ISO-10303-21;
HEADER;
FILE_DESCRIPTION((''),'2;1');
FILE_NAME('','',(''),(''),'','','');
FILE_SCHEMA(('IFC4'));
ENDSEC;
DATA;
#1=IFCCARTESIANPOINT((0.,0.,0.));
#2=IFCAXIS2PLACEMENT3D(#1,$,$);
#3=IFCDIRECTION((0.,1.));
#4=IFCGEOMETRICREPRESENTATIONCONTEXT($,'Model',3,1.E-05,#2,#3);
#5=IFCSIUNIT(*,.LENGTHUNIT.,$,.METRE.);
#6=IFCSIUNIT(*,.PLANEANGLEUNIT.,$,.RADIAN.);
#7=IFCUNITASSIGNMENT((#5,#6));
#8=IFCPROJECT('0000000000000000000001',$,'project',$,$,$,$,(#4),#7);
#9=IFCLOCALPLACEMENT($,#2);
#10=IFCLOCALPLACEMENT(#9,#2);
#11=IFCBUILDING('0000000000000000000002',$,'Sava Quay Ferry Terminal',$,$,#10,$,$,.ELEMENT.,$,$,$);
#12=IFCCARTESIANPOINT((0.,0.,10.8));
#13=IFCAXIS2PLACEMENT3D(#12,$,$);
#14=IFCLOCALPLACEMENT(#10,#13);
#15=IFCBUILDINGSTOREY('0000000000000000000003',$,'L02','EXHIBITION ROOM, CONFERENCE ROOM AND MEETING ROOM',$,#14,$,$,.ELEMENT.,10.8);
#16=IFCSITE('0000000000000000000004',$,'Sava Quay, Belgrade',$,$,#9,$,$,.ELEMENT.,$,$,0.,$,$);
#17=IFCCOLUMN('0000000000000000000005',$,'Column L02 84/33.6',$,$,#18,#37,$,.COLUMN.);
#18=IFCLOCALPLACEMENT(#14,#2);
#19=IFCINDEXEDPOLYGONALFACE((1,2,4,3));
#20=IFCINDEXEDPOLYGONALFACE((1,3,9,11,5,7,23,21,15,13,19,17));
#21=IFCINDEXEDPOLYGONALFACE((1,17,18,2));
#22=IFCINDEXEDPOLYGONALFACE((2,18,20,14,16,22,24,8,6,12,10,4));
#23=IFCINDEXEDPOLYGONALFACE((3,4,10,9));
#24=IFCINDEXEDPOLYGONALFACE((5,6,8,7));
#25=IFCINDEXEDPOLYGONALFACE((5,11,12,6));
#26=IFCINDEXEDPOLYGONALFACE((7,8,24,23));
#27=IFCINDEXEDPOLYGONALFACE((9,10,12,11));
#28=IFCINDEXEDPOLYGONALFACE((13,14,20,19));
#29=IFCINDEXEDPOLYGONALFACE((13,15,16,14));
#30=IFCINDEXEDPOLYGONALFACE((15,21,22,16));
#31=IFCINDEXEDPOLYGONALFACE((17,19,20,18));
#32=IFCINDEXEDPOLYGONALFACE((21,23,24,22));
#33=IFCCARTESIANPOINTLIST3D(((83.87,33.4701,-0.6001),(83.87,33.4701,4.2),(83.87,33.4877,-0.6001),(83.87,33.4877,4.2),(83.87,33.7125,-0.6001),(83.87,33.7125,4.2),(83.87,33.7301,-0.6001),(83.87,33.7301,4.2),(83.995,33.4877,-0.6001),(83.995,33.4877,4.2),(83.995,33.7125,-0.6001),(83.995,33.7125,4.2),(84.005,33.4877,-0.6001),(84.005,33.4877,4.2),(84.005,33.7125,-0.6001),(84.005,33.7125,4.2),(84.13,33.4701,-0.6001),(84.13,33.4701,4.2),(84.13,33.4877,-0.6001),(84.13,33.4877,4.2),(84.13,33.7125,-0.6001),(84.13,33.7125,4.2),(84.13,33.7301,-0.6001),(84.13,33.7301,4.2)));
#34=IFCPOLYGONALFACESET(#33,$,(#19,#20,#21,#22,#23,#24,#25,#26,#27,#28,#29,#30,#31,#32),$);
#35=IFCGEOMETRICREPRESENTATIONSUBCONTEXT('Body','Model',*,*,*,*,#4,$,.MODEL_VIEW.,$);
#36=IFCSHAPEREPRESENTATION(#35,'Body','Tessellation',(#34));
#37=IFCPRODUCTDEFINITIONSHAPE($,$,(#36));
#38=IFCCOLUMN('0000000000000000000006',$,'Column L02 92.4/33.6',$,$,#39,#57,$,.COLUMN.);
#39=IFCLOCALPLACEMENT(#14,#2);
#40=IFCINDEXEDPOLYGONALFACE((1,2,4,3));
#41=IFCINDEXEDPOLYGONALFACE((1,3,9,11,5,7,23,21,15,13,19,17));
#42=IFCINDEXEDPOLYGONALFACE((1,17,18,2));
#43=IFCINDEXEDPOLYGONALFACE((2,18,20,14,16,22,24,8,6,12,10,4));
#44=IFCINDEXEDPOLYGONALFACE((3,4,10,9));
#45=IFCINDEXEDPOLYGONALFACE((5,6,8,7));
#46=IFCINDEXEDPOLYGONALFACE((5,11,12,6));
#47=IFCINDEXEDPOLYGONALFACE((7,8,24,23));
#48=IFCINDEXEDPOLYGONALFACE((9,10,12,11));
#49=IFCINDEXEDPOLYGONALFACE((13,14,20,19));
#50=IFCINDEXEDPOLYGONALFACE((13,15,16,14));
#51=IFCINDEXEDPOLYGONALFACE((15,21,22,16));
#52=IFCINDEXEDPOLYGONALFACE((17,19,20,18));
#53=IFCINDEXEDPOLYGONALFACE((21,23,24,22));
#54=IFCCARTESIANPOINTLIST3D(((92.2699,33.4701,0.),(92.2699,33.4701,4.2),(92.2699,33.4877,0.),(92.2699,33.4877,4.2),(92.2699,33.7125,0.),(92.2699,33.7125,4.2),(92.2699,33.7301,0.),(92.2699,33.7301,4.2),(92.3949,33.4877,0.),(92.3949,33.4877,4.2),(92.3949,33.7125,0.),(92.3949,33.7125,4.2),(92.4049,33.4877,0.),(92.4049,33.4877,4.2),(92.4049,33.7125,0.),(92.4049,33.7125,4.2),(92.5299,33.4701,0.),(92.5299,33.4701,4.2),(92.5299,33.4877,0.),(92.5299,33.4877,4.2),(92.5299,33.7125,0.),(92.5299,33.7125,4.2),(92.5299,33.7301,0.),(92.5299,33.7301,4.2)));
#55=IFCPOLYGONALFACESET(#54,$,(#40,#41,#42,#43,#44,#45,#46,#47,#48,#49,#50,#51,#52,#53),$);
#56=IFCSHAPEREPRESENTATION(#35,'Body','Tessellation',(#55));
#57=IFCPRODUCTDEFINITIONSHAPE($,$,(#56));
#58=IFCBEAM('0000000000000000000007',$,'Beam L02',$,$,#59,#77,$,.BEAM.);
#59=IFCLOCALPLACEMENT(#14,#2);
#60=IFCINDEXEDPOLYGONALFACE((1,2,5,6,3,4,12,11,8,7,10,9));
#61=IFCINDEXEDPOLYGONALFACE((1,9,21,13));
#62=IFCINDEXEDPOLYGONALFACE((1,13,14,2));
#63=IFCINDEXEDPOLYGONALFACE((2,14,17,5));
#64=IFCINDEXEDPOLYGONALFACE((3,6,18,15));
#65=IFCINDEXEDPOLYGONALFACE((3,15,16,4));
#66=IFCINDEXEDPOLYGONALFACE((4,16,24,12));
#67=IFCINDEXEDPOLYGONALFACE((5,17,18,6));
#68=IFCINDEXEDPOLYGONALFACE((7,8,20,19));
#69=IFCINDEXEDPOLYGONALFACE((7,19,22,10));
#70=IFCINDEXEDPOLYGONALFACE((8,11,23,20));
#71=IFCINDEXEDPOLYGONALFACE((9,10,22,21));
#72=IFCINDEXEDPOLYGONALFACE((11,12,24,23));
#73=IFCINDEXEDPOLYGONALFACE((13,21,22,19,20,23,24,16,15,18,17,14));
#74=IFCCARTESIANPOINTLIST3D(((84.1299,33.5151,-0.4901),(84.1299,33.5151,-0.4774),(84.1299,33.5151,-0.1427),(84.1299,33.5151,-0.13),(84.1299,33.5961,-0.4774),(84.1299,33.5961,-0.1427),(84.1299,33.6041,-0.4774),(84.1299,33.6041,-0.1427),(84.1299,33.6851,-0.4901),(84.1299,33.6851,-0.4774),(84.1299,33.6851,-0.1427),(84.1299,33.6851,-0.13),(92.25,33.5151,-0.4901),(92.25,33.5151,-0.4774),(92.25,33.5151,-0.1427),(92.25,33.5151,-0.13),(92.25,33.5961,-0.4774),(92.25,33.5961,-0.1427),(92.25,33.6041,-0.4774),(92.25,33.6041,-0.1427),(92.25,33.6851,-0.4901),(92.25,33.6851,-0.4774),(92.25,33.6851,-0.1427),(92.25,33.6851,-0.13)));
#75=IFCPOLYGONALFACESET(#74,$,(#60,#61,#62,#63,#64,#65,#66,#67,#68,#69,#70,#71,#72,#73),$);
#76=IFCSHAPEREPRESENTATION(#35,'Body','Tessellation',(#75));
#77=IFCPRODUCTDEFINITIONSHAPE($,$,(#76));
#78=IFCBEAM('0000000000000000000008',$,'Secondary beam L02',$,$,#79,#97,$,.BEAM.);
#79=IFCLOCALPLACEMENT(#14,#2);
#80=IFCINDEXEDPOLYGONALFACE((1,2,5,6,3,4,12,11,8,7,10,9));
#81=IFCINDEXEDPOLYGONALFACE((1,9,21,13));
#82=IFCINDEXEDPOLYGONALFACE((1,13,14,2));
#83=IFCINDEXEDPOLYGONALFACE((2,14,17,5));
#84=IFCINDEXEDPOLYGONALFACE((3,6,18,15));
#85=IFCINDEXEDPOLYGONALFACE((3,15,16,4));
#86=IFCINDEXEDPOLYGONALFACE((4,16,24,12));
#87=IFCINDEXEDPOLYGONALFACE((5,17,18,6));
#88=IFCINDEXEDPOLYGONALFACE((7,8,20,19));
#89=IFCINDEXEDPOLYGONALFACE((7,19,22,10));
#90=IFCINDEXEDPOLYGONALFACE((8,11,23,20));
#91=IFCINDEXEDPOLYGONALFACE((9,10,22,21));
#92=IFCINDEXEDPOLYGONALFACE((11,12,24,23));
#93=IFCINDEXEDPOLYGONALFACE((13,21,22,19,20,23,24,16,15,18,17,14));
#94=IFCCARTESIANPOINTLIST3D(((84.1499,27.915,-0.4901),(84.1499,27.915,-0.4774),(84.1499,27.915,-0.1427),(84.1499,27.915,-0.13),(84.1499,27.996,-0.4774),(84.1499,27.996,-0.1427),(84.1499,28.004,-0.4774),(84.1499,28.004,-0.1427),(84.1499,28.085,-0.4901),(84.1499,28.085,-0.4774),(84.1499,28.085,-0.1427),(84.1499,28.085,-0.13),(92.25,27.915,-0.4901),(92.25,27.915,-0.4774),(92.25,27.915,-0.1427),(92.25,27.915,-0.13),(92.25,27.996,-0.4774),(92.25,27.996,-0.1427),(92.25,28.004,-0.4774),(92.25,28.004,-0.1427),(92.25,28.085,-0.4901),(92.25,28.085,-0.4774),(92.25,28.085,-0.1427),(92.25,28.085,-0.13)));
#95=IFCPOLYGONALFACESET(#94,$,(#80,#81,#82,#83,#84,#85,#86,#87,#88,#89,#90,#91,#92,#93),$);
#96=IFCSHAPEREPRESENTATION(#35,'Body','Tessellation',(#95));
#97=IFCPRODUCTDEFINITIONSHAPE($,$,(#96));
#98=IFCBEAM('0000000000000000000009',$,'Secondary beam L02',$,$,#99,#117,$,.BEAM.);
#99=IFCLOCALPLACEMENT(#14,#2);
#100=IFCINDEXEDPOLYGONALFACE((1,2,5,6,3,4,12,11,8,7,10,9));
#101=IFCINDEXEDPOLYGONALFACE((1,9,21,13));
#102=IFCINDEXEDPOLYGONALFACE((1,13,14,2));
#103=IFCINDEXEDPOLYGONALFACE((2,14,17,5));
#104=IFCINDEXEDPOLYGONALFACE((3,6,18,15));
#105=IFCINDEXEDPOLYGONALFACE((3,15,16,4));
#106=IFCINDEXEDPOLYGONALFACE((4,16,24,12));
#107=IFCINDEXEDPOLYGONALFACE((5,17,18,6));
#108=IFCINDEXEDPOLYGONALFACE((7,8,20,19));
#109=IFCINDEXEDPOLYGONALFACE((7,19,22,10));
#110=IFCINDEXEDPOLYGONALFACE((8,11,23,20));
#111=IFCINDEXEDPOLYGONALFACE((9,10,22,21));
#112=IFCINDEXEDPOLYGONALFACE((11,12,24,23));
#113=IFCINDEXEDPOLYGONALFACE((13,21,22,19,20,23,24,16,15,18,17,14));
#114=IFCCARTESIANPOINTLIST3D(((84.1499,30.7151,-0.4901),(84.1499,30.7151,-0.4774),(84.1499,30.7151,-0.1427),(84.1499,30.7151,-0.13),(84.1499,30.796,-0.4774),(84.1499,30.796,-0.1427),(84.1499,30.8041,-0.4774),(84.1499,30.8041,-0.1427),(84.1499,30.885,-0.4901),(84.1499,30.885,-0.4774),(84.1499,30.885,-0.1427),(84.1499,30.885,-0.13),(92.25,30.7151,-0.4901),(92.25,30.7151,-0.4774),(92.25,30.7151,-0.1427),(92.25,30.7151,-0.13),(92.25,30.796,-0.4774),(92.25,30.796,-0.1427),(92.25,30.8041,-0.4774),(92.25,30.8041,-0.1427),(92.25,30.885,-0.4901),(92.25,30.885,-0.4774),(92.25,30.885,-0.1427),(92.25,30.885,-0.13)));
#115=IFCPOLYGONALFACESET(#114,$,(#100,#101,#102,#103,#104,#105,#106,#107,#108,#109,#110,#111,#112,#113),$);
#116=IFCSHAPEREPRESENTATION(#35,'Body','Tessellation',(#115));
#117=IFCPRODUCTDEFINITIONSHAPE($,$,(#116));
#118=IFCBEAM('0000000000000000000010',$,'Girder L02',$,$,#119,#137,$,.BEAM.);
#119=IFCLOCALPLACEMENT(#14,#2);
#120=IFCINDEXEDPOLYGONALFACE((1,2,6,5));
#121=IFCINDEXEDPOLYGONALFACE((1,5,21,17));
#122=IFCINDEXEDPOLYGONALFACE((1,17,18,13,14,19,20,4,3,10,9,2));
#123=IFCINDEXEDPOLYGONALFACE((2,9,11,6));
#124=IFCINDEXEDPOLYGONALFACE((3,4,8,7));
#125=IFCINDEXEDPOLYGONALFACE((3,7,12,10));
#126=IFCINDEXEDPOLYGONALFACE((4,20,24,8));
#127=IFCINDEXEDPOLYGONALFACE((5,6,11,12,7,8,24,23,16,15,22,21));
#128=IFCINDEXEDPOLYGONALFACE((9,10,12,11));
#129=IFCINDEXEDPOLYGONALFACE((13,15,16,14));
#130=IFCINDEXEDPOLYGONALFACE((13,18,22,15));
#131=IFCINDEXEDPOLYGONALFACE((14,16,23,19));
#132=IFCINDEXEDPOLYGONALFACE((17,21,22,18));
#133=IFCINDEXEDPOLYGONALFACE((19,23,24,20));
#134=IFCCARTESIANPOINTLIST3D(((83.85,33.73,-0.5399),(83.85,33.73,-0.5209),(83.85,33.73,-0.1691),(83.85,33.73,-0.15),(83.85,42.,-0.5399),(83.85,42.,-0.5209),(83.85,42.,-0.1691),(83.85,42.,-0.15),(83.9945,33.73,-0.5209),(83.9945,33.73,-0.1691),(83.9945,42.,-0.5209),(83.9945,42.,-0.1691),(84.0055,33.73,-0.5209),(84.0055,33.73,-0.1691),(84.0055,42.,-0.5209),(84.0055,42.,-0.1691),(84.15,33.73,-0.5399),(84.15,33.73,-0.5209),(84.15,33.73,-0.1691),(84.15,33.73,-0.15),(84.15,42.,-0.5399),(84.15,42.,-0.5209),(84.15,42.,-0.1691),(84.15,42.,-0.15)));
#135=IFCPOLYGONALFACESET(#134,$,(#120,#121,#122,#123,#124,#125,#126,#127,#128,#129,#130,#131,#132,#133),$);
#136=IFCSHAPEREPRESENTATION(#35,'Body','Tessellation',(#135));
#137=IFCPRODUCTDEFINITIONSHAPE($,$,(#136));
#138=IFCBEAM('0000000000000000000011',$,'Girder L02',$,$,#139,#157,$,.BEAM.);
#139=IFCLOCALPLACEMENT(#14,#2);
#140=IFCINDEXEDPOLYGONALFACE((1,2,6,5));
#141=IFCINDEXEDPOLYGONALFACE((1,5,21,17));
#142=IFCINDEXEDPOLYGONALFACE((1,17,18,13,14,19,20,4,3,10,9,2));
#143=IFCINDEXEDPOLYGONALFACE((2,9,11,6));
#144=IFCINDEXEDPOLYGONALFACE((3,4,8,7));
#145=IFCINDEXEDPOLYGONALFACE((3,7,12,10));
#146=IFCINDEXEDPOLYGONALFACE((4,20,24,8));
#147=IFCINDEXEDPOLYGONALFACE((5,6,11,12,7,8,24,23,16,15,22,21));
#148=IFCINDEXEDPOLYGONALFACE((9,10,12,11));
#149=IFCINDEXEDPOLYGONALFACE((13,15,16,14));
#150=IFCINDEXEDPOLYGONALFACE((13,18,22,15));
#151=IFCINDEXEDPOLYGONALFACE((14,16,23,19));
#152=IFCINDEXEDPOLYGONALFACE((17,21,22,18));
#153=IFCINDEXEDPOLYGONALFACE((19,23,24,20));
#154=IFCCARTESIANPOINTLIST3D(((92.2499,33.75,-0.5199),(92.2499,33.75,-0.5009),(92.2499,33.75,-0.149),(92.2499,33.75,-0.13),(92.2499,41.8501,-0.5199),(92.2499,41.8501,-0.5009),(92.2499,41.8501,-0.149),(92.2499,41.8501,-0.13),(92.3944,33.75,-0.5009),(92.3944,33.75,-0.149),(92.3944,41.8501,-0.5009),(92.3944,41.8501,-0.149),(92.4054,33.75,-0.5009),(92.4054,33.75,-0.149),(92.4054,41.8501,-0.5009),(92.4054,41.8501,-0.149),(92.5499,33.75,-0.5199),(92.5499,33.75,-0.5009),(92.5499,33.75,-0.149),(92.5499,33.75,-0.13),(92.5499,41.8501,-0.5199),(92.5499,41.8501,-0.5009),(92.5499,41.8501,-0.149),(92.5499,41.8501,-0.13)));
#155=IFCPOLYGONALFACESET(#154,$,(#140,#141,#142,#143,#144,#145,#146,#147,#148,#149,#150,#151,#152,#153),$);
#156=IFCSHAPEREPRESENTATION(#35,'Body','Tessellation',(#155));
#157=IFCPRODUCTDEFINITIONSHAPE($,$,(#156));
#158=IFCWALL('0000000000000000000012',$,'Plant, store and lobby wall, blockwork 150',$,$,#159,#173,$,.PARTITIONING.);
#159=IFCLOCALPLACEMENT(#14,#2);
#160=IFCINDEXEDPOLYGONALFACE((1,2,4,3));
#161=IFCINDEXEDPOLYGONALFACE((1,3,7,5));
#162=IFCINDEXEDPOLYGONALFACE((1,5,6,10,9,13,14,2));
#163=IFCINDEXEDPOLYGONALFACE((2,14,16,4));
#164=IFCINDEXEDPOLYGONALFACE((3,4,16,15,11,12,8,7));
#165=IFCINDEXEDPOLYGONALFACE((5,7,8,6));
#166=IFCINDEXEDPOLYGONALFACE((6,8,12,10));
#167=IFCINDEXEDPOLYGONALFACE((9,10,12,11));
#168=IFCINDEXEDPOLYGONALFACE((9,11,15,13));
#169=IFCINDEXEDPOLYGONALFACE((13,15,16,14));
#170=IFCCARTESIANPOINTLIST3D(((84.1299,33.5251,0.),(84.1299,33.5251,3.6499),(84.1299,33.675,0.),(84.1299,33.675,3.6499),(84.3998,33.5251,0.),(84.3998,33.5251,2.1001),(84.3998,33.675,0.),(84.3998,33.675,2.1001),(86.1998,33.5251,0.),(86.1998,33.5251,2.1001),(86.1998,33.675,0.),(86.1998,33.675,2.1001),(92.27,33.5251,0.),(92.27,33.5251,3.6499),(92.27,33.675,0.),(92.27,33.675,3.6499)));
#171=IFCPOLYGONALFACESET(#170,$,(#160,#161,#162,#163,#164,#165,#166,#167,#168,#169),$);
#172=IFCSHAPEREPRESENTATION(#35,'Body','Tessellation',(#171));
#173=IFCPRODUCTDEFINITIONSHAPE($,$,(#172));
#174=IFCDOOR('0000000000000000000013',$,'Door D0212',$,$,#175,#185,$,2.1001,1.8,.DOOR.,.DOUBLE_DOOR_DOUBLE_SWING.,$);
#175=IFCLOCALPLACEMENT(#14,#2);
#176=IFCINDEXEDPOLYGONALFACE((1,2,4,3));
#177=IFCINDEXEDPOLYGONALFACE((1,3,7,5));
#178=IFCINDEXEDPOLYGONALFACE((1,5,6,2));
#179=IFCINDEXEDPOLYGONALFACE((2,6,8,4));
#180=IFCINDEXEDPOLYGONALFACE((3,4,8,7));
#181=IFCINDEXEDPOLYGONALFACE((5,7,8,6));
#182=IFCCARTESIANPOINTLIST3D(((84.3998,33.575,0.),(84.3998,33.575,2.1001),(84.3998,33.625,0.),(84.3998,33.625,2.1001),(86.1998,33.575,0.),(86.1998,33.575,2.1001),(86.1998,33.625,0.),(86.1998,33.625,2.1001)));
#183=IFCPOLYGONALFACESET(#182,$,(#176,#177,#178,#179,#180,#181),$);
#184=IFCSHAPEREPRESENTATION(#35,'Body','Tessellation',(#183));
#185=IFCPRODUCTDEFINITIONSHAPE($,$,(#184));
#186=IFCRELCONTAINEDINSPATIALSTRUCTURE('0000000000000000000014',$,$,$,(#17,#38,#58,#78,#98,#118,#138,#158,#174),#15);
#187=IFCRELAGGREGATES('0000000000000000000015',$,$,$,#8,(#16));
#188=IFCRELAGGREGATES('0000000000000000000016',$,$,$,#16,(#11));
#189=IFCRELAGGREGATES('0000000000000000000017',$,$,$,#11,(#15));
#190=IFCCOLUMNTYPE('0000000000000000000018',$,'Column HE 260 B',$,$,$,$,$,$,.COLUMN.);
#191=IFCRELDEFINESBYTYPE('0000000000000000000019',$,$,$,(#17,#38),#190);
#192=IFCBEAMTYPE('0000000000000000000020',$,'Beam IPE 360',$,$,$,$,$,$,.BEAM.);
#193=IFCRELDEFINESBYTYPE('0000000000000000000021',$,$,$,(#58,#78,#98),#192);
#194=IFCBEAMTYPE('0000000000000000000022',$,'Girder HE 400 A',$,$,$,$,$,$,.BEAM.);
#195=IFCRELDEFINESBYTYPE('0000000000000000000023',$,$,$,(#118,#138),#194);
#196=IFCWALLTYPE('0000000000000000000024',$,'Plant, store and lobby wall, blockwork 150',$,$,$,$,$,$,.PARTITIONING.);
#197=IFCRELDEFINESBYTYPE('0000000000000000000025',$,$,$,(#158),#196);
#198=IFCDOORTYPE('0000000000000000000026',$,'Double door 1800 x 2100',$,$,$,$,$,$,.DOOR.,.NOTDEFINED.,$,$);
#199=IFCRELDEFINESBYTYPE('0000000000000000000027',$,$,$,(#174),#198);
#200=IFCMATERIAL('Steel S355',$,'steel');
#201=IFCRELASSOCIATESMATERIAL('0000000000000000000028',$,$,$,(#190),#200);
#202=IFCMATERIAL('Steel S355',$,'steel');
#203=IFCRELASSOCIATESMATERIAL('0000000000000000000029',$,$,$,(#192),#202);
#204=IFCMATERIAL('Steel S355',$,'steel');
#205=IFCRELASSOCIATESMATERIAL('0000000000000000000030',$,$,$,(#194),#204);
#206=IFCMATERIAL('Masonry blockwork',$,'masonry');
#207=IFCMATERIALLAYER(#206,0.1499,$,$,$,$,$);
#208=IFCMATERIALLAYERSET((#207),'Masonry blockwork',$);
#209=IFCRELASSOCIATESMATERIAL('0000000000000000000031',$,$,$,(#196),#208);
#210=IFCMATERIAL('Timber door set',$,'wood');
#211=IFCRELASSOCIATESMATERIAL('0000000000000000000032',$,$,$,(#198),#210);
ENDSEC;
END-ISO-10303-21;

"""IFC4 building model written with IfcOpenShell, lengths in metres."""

from ifc_helpers import new_model, si_unit, direction, frame, frame_2d, origin, origin_2d, place, context, subcontext, project, spatial, rectangle, i_section, extrude, material, layer, layer_set, material_profile, profile_set, type_object, element, fill, save


model = new_model("IFC4")

# Units and contexts
model_context = context("Model", 3, precision=1e-05, world=origin(), true_north=direction((0.0, 1.0)))
body_context = subcontext(model_context, "Body", "Model", "MODEL_VIEW")
ifc_project = project(units=[si_unit("LENGTHUNIT", "METRE"), si_unit("PLANEANGLEUNIT", "RADIAN")], contexts=[model_context])

# Site, building, storey
site_placement = place(None, origin())
site = spatial("IfcSite", under=ifc_project, at=site_placement, Name="Sava Quay, Belgrade", CompositionType="ELEMENT", RefElevation=0.0)
building_placement = place(site_placement, origin())
building = spatial("IfcBuilding", under=site, at=building_placement, Name="Sava Quay Ferry Terminal", CompositionType="ELEMENT")
storey_placement = place(building_placement, frame((0.0, 0.0, 10.8)))
storey = spatial("IfcBuildingStorey", under=building, at=storey_placement, Name="L02", Description="EXHIBITION ROOM, CONFERENCE ROOM AND MEETING ROOM", CompositionType="ELEMENT", Elevation=10.8)

# Columns
ifc_material_1 = material(Name="Steel S355", Category="steel")
ifc_material_profile_1 = material_profile(ifc_material_1, i_section(OverallWidth=0.26, OverallDepth=0.26, WebThickness=0.01, FlangeThickness=0.0176, at=origin_2d()), Name="HE 260 B")
ifc_profile_set_1 = profile_set([ifc_material_profile_1], Name="Steel S355")
column_type = type_object("IfcColumnType", Name="Column HE 260 B", PredefinedType="COLUMN", material=ifc_profile_set_1)
column_1_placement = place(storey_placement, frame((84.0, 33.6001, -0.6001), z_axis=(0.0, 0.0, 1.0), x_axis=(1.0, 0.0, 0.0)))
element("IfcColumn", 1, at=column_1_placement, inside=storey, type_object=column_type, Name="Column L02 84/33.6", PredefinedType="COLUMN", context=body_context, shape_type="SweptSolid", body=[
    extrude(i_section(OverallWidth=0.26, OverallDepth=0.26, WebThickness=0.01, FlangeThickness=0.0176, at=origin_2d()), origin(), (0.0, 0.0, 1.0), 4.8),
])
column_2_placement = place(storey_placement, frame((92.3999, 33.6001, 0.0), z_axis=(0.0, 0.0, 1.0), x_axis=(1.0, 0.0, 0.0)))
element("IfcColumn", 2, at=column_2_placement, inside=storey, type_object=column_type, Name="Column L02 92.4/33.6", PredefinedType="COLUMN", context=body_context, shape_type="SweptSolid", body=[
    extrude(i_section(OverallWidth=0.26, OverallDepth=0.26, WebThickness=0.01, FlangeThickness=0.0176, at=origin_2d()), origin(), (0.0, 0.0, 1.0), 4.2),
])

# Beams
ifc_material_2 = material(Name="Steel S355", Category="steel")
ifc_material_profile_2 = material_profile(ifc_material_2, i_section(OverallWidth=0.1699, OverallDepth=0.3601, WebThickness=0.0081, FlangeThickness=0.0127, at=origin_2d()), Name="IPE 360")
ifc_profile_set_2 = profile_set([ifc_material_profile_2], Name="Steel S355")
beam_type_1 = type_object("IfcBeamType", Name="Beam IPE 360", PredefinedType="BEAM", material=ifc_profile_set_2)
beam_1_placement = place(storey_placement, frame((84.1299, 33.6001, -0.3101), z_axis=(1.0, 0.0, 0.0), x_axis=(0.0, 1.0, 0.0)))
element("IfcBeam", 3, at=beam_1_placement, inside=storey, type_object=beam_type_1, Name="Beam L02", PredefinedType="BEAM", context=body_context, shape_type="SweptSolid", body=[
    extrude(i_section(OverallWidth=0.1699, OverallDepth=0.3601, WebThickness=0.0081, FlangeThickness=0.0127, at=origin_2d()), origin(), (0.0, 0.0, 1.0), 8.1201),
])
for number, where, z_axis, x_axis, name in (
    (4, (84.1499, 28.0, -0.3101), (1.0, 0.0, 0.0), (0.0, 1.0, 0.0), "Secondary beam L02"),
    (5, (84.1499, 30.8, -0.3101), (1.0, 0.0, 0.0), (0.0, 1.0, 0.0), "Secondary beam L02"),
):
    element("IfcBeam", number, at=place(storey_placement, frame(where, z_axis=z_axis, x_axis=x_axis)), inside=storey, type_object=beam_type_1, Name=name, PredefinedType="BEAM", context=body_context, shape_type="SweptSolid", body=[
        extrude(i_section(OverallWidth=0.1699, OverallDepth=0.3601, WebThickness=0.0081, FlangeThickness=0.0127, at=origin_2d()), origin(), (0.0, 0.0, 1.0), 8.1001),
    ])
ifc_material_3 = material(Name="Steel S355", Category="steel")
ifc_material_profile_3 = material_profile(ifc_material_3, i_section(OverallWidth=0.3, OverallDepth=0.3899, WebThickness=0.011, FlangeThickness=0.019, at=origin_2d()), Name="HE 400 A")
ifc_profile_set_3 = profile_set([ifc_material_profile_3], Name="Steel S355")
beam_type_2 = type_object("IfcBeamType", Name="Girder HE 400 A", PredefinedType="BEAM", material=ifc_profile_set_3)
beam_2_placement = place(storey_placement, frame((84.0, 33.73, -0.345), z_axis=(0.0, 1.0, 0.0), x_axis=(-1.0, 0.0, 0.0)))
element("IfcBeam", 6, at=beam_2_placement, inside=storey, type_object=beam_type_2, Name="Girder L02", PredefinedType="BEAM", context=body_context, shape_type="SweptSolid", body=[
    extrude(i_section(OverallWidth=0.3, OverallDepth=0.3899, WebThickness=0.011, FlangeThickness=0.019, at=origin_2d()), origin(), (0.0, 0.0, 1.0), 8.27),
])
beam_3_placement = place(storey_placement, frame((92.3999, 33.75, -0.325), z_axis=(0.0, 1.0, 0.0), x_axis=(-1.0, 0.0, 0.0)))
element("IfcBeam", 7, at=beam_3_placement, inside=storey, type_object=beam_type_2, Name="Girder L02", PredefinedType="BEAM", context=body_context, shape_type="SweptSolid", body=[
    extrude(i_section(OverallWidth=0.3, OverallDepth=0.3899, WebThickness=0.011, FlangeThickness=0.019, at=origin_2d()), origin(), (0.0, 0.0, 1.0), 8.1001),
])

# Wall, opening, door
ifc_material_4 = material(Name="Masonry blockwork", Category="masonry")
ifc_layer_1 = layer(ifc_material_4, 0.1499)
ifc_layer_set_1 = layer_set([ifc_layer_1], Name="Masonry blockwork")
wall_type_1 = type_object("IfcWallType", Name="Plant, store and lobby wall, blockwork 150", PredefinedType="PARTITIONING", material=ifc_layer_set_1)
wall_1_placement = place(storey_placement, frame((84.1299, 33.6001, 0.0), z_axis=(0.0, 0.0, 1.0), x_axis=(1.0, 0.0, 0.0)))
wall_1 = element("IfcWall", 8, at=wall_1_placement, inside=storey, type_object=wall_type_1, Name="Plant, store and lobby wall, blockwork 150", PredefinedType="PARTITIONING", context=body_context, shape_type="SweptSolid", body=[
    extrude(rectangle(XDim=8.1401, YDim=0.1499, at=frame_2d((4.0701, 0.0))), origin(), (0.0, 0.0, 1.0), 3.6499),
])
opening_1_placement = place(wall_1_placement, frame((0.27, 0.0, 0.0)))
opening_1 = element("IfcOpeningElement", 9, at=opening_1_placement, cuts=wall_1, PredefinedType="OPENING", context=body_context, shape_type="SweptSolid", body=[
    extrude(rectangle(XDim=1.8, YDim=2.1001, at=frame_2d((0.8999, 1.05))), frame((0.0, 0.075, 0.0), z_axis=(0.0, -1.0, 0.0), x_axis=(1.0, 0.0, 0.0)), (0.0, 0.0, 1.0), 0.1499),
])
ifc_material_5 = material(Name="Timber door set", Category="wood")
door_type_1 = type_object("IfcDoorType", Name="Double door 1800 x 2100", OperationType="NOTDEFINED", PredefinedType="DOOR", material=ifc_material_5)
door_1_placement = place(opening_1_placement, origin())
door_1 = element("IfcDoor", 10, at=door_1_placement, inside=storey, type_object=door_type_1, Name="Door D0212", OperationType="DOUBLE_DOOR_DOUBLE_SWING", OverallHeight=2.1001, OverallWidth=1.8, PredefinedType="DOOR", context=body_context, shape_type="SweptSolid", body=[
    extrude(rectangle(XDim=1.8, YDim=2.1001, at=frame_2d((0.8999, 1.05))), frame((0.0, 0.0249, 0.0), z_axis=(0.0, -1.0, 0.0), x_axis=(1.0, 0.0, 0.0)), (0.0, 0.0, 1.0), 0.05),
])
fill(opening_1, door_1)

save(model, "model.ifc")
